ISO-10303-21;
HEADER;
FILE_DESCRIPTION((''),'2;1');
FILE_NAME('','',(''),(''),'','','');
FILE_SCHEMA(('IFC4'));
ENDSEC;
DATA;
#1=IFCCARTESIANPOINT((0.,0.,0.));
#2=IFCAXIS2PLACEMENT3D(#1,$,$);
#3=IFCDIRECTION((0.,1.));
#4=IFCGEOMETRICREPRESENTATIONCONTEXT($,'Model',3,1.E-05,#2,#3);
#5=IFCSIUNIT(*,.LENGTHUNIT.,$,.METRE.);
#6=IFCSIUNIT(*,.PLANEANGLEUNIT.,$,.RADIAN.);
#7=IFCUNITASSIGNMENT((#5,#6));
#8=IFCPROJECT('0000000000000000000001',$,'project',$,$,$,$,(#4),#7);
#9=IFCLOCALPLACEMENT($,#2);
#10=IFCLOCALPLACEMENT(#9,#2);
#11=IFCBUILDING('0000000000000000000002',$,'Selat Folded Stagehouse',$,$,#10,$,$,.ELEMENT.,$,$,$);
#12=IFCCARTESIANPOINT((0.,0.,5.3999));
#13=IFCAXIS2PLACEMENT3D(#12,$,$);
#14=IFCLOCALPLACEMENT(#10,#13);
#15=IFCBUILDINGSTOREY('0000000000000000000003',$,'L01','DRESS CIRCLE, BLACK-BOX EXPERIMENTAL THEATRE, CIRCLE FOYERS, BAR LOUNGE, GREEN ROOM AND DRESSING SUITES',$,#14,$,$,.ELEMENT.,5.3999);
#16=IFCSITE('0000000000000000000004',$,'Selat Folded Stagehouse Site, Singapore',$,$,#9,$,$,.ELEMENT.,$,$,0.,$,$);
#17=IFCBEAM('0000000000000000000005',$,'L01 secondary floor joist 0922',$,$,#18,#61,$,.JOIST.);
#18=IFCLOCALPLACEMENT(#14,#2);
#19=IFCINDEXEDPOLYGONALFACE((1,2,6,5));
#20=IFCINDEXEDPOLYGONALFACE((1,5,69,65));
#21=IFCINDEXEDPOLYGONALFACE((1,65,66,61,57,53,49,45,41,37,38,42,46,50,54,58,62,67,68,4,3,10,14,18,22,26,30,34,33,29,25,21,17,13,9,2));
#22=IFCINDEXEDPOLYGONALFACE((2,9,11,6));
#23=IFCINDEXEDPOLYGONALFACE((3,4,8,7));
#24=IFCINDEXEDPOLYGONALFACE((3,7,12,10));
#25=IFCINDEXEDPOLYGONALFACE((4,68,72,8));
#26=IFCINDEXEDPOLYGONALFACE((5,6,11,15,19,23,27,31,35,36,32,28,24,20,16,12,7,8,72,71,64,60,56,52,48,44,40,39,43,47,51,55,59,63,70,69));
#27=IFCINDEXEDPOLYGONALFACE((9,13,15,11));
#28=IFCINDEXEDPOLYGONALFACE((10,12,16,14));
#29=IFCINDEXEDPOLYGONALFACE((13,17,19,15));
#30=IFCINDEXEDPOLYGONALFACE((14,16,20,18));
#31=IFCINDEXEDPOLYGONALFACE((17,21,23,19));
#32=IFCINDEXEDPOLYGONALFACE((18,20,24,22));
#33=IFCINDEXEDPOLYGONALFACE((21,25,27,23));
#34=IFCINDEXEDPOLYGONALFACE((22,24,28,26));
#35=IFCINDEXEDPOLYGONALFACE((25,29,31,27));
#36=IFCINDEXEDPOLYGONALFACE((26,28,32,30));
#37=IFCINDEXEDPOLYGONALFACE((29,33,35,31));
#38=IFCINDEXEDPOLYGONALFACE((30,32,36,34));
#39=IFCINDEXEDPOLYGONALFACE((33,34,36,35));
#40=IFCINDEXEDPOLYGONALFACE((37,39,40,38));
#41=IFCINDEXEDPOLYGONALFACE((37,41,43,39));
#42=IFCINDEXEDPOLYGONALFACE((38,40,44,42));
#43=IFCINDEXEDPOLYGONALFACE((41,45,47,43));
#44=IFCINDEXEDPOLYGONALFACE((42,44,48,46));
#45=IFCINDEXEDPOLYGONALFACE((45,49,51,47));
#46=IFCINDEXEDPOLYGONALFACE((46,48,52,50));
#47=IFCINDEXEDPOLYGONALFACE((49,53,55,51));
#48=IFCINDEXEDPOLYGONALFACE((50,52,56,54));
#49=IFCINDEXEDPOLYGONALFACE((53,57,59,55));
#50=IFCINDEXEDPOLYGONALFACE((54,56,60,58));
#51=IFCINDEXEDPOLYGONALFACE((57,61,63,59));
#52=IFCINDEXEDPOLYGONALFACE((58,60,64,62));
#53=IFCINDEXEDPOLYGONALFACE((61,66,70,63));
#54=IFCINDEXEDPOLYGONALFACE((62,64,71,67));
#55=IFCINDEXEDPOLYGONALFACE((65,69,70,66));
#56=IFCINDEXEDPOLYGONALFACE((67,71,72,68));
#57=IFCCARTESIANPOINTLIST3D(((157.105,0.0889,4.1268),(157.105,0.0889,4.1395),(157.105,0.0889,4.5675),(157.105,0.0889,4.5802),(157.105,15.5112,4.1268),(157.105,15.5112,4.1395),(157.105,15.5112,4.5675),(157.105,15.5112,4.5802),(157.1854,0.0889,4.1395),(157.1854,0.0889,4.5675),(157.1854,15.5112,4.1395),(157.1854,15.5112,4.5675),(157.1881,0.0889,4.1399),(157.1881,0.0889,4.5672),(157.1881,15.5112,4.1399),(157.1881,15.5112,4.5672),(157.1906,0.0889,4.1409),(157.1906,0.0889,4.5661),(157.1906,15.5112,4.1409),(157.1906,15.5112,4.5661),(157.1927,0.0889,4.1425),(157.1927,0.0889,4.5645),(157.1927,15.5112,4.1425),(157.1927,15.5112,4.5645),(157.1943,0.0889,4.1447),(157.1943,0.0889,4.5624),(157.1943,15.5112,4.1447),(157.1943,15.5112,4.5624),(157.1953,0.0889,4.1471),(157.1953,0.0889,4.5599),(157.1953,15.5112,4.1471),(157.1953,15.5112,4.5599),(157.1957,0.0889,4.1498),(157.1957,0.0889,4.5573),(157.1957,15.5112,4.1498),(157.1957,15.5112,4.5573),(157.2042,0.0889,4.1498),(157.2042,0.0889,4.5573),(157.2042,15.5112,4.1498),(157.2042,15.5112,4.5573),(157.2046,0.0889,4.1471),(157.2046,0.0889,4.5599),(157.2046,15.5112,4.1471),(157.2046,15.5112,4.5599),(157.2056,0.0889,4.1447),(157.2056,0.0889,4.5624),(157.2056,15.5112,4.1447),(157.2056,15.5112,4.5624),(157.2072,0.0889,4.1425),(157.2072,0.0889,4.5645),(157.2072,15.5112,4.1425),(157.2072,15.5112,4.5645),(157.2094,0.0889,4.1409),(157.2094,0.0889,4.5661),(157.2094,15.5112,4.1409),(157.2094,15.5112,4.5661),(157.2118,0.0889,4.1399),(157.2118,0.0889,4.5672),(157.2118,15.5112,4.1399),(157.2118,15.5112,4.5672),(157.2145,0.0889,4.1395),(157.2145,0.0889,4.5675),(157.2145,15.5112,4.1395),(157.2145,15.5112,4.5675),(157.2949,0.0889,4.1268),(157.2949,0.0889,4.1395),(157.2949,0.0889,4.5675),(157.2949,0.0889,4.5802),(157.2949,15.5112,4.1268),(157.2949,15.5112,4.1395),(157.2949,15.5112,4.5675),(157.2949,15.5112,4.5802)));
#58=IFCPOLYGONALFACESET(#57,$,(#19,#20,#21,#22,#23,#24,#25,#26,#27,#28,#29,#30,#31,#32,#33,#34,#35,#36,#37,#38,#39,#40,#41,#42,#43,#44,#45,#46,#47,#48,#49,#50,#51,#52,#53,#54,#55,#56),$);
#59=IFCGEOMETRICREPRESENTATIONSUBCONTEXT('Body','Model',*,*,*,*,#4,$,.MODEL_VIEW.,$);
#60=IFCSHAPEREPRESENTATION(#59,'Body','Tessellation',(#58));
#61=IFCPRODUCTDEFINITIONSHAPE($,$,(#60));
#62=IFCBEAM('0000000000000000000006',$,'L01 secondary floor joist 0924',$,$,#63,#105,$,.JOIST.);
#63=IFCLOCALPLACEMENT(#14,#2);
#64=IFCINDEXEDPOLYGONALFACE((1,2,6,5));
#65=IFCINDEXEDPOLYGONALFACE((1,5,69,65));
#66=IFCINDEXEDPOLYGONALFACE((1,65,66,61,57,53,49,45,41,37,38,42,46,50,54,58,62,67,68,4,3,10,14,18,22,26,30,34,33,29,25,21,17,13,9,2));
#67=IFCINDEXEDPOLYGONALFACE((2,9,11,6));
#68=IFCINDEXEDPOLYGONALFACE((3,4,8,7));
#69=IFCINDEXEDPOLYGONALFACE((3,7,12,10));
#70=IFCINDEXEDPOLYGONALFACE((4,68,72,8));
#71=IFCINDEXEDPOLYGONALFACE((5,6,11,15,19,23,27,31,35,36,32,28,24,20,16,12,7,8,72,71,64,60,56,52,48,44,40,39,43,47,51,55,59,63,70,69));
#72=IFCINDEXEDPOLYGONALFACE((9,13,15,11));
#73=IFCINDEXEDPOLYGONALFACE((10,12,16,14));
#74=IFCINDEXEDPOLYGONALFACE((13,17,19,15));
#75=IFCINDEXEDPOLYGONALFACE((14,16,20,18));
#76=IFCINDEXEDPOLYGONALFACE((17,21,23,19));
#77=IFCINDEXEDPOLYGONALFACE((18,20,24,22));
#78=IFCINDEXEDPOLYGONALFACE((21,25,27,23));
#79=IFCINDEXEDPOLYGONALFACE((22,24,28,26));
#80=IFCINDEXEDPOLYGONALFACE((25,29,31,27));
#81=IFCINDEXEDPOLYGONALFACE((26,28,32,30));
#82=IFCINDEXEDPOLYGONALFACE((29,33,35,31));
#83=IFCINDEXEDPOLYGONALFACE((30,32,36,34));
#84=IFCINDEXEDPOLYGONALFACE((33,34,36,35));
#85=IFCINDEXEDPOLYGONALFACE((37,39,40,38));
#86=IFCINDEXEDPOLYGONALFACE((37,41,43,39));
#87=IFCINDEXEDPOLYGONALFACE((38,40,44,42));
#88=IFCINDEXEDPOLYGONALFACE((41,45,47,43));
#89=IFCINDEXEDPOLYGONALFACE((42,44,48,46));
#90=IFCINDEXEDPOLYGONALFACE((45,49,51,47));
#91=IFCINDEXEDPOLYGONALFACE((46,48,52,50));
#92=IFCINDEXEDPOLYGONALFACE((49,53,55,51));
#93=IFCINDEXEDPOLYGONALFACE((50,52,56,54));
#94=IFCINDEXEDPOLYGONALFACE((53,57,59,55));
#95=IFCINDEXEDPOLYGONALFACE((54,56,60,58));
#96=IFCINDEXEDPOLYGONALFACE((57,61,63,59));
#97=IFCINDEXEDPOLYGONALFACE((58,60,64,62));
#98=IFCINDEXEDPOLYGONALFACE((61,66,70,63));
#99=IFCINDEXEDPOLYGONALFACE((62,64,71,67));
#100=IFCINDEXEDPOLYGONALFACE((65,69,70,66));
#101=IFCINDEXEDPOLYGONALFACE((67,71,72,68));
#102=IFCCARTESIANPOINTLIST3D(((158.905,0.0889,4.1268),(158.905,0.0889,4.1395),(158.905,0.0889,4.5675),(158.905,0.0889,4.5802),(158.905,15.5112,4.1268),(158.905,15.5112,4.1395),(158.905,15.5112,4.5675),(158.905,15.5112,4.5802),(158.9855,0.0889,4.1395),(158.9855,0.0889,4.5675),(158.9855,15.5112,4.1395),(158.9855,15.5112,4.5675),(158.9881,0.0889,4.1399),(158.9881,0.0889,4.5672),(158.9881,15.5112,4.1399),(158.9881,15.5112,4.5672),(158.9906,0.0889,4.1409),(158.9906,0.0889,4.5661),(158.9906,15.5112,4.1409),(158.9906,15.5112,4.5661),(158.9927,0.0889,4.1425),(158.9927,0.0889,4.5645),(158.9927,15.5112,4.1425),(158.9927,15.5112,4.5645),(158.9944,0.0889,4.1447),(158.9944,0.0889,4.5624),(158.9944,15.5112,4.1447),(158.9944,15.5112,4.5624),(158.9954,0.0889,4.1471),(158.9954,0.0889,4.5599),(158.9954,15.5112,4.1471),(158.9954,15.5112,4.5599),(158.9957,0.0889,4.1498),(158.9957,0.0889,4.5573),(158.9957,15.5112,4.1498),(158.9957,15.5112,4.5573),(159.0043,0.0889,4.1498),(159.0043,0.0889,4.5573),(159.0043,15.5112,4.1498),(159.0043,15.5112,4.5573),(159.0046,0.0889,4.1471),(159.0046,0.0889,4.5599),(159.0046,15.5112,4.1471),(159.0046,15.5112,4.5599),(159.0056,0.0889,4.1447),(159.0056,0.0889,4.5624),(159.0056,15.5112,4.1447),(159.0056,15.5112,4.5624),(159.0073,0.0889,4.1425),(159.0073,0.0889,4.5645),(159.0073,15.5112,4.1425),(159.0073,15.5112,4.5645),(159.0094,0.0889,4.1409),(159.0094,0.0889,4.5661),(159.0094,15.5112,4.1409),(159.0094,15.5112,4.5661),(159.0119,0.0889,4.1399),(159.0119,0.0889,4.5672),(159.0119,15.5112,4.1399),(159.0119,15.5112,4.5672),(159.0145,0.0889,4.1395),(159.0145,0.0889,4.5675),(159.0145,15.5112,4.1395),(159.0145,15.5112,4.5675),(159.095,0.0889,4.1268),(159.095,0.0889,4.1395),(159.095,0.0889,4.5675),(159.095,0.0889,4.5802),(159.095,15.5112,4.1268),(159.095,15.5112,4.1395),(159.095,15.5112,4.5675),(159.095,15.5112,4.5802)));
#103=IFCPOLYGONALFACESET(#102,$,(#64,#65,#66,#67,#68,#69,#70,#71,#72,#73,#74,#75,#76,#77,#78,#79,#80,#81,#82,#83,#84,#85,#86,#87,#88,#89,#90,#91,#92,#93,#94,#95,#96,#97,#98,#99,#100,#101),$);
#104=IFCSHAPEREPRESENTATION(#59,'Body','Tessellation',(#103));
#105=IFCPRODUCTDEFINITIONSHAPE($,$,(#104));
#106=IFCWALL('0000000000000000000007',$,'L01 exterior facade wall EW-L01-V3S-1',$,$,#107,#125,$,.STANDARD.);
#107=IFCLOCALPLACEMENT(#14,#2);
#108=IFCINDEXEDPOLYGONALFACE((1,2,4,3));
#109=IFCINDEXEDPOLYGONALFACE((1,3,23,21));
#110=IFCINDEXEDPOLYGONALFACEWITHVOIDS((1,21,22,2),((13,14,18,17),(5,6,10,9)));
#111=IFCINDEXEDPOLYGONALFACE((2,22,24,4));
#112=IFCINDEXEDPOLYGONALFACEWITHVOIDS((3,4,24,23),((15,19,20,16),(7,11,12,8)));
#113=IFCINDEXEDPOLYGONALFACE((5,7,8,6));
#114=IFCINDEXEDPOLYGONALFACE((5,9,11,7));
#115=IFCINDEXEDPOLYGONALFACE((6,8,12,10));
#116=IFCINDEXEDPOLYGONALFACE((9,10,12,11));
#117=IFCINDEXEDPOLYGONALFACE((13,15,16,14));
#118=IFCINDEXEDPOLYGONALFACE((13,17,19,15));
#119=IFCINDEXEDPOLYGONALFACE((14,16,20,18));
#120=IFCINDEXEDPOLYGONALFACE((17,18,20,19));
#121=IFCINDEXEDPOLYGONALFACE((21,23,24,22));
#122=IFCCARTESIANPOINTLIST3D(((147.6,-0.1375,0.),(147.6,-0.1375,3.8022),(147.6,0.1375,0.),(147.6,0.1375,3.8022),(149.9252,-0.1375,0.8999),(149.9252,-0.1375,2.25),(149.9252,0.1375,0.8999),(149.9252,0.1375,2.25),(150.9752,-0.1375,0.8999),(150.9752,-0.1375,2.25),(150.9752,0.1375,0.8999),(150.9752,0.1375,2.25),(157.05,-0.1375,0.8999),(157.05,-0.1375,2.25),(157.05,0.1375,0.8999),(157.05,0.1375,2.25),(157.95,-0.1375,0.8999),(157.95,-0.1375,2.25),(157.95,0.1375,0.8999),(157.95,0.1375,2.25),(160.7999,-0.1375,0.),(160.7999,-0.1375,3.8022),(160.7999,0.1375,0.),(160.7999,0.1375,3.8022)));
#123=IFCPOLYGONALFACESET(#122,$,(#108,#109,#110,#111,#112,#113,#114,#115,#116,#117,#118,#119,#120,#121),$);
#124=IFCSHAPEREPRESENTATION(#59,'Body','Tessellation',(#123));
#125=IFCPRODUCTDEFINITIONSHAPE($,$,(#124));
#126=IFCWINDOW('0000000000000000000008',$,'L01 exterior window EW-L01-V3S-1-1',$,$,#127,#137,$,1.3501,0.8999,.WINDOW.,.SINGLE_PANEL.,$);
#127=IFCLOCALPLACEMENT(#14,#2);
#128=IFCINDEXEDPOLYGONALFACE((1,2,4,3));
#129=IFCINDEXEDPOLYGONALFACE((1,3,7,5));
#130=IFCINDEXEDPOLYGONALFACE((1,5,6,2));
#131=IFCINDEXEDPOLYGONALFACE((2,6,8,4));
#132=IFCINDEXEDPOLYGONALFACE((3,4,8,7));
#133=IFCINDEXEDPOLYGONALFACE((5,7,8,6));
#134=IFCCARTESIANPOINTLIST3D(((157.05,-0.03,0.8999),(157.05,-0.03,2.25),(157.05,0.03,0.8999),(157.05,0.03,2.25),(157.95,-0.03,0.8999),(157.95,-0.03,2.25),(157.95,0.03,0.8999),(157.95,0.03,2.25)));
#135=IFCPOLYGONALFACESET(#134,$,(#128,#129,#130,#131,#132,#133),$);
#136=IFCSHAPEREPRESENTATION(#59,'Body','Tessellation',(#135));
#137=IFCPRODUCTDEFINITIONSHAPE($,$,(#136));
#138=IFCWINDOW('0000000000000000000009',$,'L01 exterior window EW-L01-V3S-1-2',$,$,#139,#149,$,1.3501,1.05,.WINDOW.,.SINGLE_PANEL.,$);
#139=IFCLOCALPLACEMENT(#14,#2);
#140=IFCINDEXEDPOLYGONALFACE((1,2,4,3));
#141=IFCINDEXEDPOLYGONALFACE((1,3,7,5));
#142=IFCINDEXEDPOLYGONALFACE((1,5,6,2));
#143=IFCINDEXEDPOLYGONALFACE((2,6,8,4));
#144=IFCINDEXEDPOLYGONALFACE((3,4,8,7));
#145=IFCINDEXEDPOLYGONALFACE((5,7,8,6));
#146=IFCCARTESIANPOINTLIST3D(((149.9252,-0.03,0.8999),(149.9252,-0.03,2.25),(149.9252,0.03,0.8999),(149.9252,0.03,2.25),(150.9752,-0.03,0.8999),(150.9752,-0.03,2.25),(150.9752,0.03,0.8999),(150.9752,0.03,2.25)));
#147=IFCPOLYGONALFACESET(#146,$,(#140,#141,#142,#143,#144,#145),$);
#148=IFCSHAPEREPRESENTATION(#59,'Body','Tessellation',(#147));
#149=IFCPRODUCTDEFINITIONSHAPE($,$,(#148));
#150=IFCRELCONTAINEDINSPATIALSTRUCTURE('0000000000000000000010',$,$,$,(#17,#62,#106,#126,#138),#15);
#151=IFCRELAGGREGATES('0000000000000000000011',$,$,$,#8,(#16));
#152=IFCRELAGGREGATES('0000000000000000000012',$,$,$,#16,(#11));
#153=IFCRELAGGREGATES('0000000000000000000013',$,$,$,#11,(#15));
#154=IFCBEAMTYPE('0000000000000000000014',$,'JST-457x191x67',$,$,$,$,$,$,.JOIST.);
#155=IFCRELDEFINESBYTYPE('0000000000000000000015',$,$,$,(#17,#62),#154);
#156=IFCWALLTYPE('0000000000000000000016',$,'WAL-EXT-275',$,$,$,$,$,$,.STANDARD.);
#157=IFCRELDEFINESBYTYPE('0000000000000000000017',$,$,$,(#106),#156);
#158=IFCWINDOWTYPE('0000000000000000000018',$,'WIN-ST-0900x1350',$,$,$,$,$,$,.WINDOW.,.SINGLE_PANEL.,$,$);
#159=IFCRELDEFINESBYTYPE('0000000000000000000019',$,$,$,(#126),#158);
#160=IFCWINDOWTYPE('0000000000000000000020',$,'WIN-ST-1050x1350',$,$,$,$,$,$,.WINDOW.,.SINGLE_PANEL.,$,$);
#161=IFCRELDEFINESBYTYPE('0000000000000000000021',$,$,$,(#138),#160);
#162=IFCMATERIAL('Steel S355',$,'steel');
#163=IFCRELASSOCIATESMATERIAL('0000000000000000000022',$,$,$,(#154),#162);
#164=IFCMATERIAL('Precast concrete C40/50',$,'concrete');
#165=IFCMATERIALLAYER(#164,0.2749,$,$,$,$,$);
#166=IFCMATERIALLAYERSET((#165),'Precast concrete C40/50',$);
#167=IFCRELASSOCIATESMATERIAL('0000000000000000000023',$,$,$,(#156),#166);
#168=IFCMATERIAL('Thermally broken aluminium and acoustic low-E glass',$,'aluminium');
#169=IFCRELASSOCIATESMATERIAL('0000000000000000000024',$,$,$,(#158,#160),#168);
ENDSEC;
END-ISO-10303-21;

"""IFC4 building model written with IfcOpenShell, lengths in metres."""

from ifc_helpers import new_model, si_unit, direction, frame, frame_2d, origin, origin_2d, place, context, subcontext, project, spatial, rectangle, i_section, extrude, material, layer, layer_set, material_profile, profile_set, type_object, element, fill, save


model = new_model("IFC4")

# Units and contexts
model_context = context("Model", 3, precision=1e-05, world=origin(), true_north=direction((0.0, 1.0)))
body_context = subcontext(model_context, "Body", "Model", "MODEL_VIEW")
ifc_project = project(units=[si_unit("LENGTHUNIT", "METRE"), si_unit("PLANEANGLEUNIT", "RADIAN")], contexts=[model_context])

# Site, building, storey
site_placement = place(None, origin())
site = spatial("IfcSite", under=ifc_project, at=site_placement, Name="Selat Folded Stagehouse Site, Singapore", CompositionType="ELEMENT", RefElevation=0.0)
building_placement = place(site_placement, origin())
building = spatial("IfcBuilding", under=site, at=building_placement, Name="Selat Folded Stagehouse", CompositionType="ELEMENT")
storey_placement = place(building_placement, frame((0.0, 0.0, 5.3999)))
storey = spatial("IfcBuildingStorey", under=building, at=storey_placement, Name="L01", Description="DRESS CIRCLE, BLACK-BOX EXPERIMENTAL THEATRE, CIRCLE FOYERS, BAR LOUNGE, GREEN ROOM AND DRESSING SUITES", CompositionType="ELEMENT", Elevation=5.3999)

# Shared definitions
ifc_material_1 = material(Name="Steel S355", Category="steel")

# Beams
ifc_material_profile_1 = material_profile(ifc_material_1, i_section(OverallWidth=0.1899, OverallDepth=0.4534, WebThickness=0.0085, FlangeThickness=0.0127, FilletRadius=0.0103, at=origin_2d()), Name="UKB 457x191x67")
ifc_profile_set_1 = profile_set([ifc_material_profile_1], Name="Steel S355")
beam_type_1 = type_object("IfcBeamType", Name="JST-457x191x67", PredefinedType="JOIST", material=ifc_profile_set_1)
for number, where, z_axis, x_axis, name in (
    (1, (157.2, 0.0889, 4.3535), (0.0, 1.0, 0.0), (-1.0, 0.0, 0.0), "L01 secondary floor joist 0922"),
    (2, (159.0, 0.0889, 4.3535), (0.0, 1.0, 0.0), (-1.0, 0.0, 0.0), "L01 secondary floor joist 0924"),
):
    element("IfcBeam", number, at=place(storey_placement, frame(where, z_axis=z_axis, x_axis=x_axis)), inside=storey, type_object=beam_type_1, Name=name, PredefinedType="JOIST", context=body_context, shape_type="SweptSolid", body=[
        extrude(i_section(OverallWidth=0.1899, OverallDepth=0.4534, WebThickness=0.0085, FlangeThickness=0.0127, FilletRadius=0.0103, at=origin_2d()), origin(), (0.0, 0.0, 1.0), 15.4224),
    ])

# Wall, openings, windows
ifc_material_2 = material(Name="Precast concrete C40/50", Category="concrete")
ifc_layer_1 = layer(ifc_material_2, 0.2749)
ifc_layer_set_1 = layer_set([ifc_layer_1], Name="Precast concrete C40/50")
wall_type_1 = type_object("IfcWallType", Name="WAL-EXT-275", PredefinedType="STANDARD", material=ifc_layer_set_1)
wall_1_placement = place(storey_placement, frame((160.8, 0.0, 0.0), z_axis=(0.0, 0.0, 1.0), x_axis=(-1.0, 0.0, 0.0)))
wall_1 = element("IfcWall", 3, at=wall_1_placement, inside=storey, type_object=wall_type_1, Name="L01 exterior facade wall EW-L01-V3S-1", PredefinedType="STANDARD", context=body_context, shape_type="SweptSolid", body=[
    extrude(rectangle(XDim=13.2, YDim=0.2749, at=frame_2d((6.6001, 0.0))), origin(), (0.0, 0.0, 1.0), 3.8022),
])
opening_1_placement = place(wall_1_placement, frame((2.8501, 0.0, 0.8999)))
opening_1 = element("IfcOpeningElement", 4, at=opening_1_placement, cuts=wall_1, PredefinedType="OPENING", context=body_context, shape_type="SweptSolid", body=[
    extrude(rectangle(XDim=0.8999, YDim=1.3501, at=frame_2d((0.45, 0.675))), frame((0.0, 0.1475, 0.0), z_axis=(0.0, -1.0, 0.0), x_axis=(1.0, 0.0, 0.0)), (0.0, 0.0, 1.0), 0.2949),
])
opening_2_placement = place(wall_1_placement, frame((9.825, 0.0, 0.8999)))
opening_2 = element("IfcOpeningElement", 5, at=opening_2_placement, cuts=wall_1, PredefinedType="OPENING", context=body_context, shape_type="SweptSolid", body=[
    extrude(rectangle(XDim=1.05, YDim=1.3501, at=frame_2d((0.5249, 0.675))), frame((0.0, 0.1475, 0.0), z_axis=(0.0, -1.0, 0.0), x_axis=(1.0, 0.0, 0.0)), (0.0, 0.0, 1.0), 0.2949),
])
ifc_material_3 = material(Name="Thermally broken aluminium and acoustic low-E glass", Category="aluminium")
window_type_1 = type_object("IfcWindowType", Name="WIN-ST-0900x1350", PartitioningType="SINGLE_PANEL", PredefinedType="WINDOW", material=ifc_material_3)
window_1_placement = place(opening_1_placement, origin())
window_1 = element("IfcWindow", 6, at=window_1_placement, inside=storey, type_object=window_type_1, Name="L01 exterior window EW-L01-V3S-1-1", OverallHeight=1.3501, OverallWidth=0.8999, PartitioningType="SINGLE_PANEL", PredefinedType="WINDOW", context=body_context, shape_type="SweptSolid", body=[
    extrude(rectangle(XDim=0.8999, YDim=1.3501, at=frame_2d((0.45, 0.675))), frame((0.0, 0.03, 0.0), z_axis=(0.0, -1.0, 0.0), x_axis=(1.0, 0.0, 0.0)), (0.0, 0.0, 1.0), 0.0601),
])
fill(opening_1, window_1)
window_type_2 = type_object("IfcWindowType", Name="WIN-ST-1050x1350", PartitioningType="SINGLE_PANEL", PredefinedType="WINDOW", material=ifc_material_3)
window_2_placement = place(opening_2_placement, origin())
window_2 = element("IfcWindow", 7, at=window_2_placement, inside=storey, type_object=window_type_2, Name="L01 exterior window EW-L01-V3S-1-2", OverallHeight=1.3501, OverallWidth=1.05, PartitioningType="SINGLE_PANEL", PredefinedType="WINDOW", context=body_context, shape_type="SweptSolid", body=[
    extrude(rectangle(XDim=1.05, YDim=1.3501, at=frame_2d((0.5249, 0.675))), frame((0.0, 0.03, 0.0), z_axis=(0.0, -1.0, 0.0), x_axis=(1.0, 0.0, 0.0)), (0.0, 0.0, 1.0), 0.0601),
])
fill(opening_2, window_2)

save(model, "model.ifc")
